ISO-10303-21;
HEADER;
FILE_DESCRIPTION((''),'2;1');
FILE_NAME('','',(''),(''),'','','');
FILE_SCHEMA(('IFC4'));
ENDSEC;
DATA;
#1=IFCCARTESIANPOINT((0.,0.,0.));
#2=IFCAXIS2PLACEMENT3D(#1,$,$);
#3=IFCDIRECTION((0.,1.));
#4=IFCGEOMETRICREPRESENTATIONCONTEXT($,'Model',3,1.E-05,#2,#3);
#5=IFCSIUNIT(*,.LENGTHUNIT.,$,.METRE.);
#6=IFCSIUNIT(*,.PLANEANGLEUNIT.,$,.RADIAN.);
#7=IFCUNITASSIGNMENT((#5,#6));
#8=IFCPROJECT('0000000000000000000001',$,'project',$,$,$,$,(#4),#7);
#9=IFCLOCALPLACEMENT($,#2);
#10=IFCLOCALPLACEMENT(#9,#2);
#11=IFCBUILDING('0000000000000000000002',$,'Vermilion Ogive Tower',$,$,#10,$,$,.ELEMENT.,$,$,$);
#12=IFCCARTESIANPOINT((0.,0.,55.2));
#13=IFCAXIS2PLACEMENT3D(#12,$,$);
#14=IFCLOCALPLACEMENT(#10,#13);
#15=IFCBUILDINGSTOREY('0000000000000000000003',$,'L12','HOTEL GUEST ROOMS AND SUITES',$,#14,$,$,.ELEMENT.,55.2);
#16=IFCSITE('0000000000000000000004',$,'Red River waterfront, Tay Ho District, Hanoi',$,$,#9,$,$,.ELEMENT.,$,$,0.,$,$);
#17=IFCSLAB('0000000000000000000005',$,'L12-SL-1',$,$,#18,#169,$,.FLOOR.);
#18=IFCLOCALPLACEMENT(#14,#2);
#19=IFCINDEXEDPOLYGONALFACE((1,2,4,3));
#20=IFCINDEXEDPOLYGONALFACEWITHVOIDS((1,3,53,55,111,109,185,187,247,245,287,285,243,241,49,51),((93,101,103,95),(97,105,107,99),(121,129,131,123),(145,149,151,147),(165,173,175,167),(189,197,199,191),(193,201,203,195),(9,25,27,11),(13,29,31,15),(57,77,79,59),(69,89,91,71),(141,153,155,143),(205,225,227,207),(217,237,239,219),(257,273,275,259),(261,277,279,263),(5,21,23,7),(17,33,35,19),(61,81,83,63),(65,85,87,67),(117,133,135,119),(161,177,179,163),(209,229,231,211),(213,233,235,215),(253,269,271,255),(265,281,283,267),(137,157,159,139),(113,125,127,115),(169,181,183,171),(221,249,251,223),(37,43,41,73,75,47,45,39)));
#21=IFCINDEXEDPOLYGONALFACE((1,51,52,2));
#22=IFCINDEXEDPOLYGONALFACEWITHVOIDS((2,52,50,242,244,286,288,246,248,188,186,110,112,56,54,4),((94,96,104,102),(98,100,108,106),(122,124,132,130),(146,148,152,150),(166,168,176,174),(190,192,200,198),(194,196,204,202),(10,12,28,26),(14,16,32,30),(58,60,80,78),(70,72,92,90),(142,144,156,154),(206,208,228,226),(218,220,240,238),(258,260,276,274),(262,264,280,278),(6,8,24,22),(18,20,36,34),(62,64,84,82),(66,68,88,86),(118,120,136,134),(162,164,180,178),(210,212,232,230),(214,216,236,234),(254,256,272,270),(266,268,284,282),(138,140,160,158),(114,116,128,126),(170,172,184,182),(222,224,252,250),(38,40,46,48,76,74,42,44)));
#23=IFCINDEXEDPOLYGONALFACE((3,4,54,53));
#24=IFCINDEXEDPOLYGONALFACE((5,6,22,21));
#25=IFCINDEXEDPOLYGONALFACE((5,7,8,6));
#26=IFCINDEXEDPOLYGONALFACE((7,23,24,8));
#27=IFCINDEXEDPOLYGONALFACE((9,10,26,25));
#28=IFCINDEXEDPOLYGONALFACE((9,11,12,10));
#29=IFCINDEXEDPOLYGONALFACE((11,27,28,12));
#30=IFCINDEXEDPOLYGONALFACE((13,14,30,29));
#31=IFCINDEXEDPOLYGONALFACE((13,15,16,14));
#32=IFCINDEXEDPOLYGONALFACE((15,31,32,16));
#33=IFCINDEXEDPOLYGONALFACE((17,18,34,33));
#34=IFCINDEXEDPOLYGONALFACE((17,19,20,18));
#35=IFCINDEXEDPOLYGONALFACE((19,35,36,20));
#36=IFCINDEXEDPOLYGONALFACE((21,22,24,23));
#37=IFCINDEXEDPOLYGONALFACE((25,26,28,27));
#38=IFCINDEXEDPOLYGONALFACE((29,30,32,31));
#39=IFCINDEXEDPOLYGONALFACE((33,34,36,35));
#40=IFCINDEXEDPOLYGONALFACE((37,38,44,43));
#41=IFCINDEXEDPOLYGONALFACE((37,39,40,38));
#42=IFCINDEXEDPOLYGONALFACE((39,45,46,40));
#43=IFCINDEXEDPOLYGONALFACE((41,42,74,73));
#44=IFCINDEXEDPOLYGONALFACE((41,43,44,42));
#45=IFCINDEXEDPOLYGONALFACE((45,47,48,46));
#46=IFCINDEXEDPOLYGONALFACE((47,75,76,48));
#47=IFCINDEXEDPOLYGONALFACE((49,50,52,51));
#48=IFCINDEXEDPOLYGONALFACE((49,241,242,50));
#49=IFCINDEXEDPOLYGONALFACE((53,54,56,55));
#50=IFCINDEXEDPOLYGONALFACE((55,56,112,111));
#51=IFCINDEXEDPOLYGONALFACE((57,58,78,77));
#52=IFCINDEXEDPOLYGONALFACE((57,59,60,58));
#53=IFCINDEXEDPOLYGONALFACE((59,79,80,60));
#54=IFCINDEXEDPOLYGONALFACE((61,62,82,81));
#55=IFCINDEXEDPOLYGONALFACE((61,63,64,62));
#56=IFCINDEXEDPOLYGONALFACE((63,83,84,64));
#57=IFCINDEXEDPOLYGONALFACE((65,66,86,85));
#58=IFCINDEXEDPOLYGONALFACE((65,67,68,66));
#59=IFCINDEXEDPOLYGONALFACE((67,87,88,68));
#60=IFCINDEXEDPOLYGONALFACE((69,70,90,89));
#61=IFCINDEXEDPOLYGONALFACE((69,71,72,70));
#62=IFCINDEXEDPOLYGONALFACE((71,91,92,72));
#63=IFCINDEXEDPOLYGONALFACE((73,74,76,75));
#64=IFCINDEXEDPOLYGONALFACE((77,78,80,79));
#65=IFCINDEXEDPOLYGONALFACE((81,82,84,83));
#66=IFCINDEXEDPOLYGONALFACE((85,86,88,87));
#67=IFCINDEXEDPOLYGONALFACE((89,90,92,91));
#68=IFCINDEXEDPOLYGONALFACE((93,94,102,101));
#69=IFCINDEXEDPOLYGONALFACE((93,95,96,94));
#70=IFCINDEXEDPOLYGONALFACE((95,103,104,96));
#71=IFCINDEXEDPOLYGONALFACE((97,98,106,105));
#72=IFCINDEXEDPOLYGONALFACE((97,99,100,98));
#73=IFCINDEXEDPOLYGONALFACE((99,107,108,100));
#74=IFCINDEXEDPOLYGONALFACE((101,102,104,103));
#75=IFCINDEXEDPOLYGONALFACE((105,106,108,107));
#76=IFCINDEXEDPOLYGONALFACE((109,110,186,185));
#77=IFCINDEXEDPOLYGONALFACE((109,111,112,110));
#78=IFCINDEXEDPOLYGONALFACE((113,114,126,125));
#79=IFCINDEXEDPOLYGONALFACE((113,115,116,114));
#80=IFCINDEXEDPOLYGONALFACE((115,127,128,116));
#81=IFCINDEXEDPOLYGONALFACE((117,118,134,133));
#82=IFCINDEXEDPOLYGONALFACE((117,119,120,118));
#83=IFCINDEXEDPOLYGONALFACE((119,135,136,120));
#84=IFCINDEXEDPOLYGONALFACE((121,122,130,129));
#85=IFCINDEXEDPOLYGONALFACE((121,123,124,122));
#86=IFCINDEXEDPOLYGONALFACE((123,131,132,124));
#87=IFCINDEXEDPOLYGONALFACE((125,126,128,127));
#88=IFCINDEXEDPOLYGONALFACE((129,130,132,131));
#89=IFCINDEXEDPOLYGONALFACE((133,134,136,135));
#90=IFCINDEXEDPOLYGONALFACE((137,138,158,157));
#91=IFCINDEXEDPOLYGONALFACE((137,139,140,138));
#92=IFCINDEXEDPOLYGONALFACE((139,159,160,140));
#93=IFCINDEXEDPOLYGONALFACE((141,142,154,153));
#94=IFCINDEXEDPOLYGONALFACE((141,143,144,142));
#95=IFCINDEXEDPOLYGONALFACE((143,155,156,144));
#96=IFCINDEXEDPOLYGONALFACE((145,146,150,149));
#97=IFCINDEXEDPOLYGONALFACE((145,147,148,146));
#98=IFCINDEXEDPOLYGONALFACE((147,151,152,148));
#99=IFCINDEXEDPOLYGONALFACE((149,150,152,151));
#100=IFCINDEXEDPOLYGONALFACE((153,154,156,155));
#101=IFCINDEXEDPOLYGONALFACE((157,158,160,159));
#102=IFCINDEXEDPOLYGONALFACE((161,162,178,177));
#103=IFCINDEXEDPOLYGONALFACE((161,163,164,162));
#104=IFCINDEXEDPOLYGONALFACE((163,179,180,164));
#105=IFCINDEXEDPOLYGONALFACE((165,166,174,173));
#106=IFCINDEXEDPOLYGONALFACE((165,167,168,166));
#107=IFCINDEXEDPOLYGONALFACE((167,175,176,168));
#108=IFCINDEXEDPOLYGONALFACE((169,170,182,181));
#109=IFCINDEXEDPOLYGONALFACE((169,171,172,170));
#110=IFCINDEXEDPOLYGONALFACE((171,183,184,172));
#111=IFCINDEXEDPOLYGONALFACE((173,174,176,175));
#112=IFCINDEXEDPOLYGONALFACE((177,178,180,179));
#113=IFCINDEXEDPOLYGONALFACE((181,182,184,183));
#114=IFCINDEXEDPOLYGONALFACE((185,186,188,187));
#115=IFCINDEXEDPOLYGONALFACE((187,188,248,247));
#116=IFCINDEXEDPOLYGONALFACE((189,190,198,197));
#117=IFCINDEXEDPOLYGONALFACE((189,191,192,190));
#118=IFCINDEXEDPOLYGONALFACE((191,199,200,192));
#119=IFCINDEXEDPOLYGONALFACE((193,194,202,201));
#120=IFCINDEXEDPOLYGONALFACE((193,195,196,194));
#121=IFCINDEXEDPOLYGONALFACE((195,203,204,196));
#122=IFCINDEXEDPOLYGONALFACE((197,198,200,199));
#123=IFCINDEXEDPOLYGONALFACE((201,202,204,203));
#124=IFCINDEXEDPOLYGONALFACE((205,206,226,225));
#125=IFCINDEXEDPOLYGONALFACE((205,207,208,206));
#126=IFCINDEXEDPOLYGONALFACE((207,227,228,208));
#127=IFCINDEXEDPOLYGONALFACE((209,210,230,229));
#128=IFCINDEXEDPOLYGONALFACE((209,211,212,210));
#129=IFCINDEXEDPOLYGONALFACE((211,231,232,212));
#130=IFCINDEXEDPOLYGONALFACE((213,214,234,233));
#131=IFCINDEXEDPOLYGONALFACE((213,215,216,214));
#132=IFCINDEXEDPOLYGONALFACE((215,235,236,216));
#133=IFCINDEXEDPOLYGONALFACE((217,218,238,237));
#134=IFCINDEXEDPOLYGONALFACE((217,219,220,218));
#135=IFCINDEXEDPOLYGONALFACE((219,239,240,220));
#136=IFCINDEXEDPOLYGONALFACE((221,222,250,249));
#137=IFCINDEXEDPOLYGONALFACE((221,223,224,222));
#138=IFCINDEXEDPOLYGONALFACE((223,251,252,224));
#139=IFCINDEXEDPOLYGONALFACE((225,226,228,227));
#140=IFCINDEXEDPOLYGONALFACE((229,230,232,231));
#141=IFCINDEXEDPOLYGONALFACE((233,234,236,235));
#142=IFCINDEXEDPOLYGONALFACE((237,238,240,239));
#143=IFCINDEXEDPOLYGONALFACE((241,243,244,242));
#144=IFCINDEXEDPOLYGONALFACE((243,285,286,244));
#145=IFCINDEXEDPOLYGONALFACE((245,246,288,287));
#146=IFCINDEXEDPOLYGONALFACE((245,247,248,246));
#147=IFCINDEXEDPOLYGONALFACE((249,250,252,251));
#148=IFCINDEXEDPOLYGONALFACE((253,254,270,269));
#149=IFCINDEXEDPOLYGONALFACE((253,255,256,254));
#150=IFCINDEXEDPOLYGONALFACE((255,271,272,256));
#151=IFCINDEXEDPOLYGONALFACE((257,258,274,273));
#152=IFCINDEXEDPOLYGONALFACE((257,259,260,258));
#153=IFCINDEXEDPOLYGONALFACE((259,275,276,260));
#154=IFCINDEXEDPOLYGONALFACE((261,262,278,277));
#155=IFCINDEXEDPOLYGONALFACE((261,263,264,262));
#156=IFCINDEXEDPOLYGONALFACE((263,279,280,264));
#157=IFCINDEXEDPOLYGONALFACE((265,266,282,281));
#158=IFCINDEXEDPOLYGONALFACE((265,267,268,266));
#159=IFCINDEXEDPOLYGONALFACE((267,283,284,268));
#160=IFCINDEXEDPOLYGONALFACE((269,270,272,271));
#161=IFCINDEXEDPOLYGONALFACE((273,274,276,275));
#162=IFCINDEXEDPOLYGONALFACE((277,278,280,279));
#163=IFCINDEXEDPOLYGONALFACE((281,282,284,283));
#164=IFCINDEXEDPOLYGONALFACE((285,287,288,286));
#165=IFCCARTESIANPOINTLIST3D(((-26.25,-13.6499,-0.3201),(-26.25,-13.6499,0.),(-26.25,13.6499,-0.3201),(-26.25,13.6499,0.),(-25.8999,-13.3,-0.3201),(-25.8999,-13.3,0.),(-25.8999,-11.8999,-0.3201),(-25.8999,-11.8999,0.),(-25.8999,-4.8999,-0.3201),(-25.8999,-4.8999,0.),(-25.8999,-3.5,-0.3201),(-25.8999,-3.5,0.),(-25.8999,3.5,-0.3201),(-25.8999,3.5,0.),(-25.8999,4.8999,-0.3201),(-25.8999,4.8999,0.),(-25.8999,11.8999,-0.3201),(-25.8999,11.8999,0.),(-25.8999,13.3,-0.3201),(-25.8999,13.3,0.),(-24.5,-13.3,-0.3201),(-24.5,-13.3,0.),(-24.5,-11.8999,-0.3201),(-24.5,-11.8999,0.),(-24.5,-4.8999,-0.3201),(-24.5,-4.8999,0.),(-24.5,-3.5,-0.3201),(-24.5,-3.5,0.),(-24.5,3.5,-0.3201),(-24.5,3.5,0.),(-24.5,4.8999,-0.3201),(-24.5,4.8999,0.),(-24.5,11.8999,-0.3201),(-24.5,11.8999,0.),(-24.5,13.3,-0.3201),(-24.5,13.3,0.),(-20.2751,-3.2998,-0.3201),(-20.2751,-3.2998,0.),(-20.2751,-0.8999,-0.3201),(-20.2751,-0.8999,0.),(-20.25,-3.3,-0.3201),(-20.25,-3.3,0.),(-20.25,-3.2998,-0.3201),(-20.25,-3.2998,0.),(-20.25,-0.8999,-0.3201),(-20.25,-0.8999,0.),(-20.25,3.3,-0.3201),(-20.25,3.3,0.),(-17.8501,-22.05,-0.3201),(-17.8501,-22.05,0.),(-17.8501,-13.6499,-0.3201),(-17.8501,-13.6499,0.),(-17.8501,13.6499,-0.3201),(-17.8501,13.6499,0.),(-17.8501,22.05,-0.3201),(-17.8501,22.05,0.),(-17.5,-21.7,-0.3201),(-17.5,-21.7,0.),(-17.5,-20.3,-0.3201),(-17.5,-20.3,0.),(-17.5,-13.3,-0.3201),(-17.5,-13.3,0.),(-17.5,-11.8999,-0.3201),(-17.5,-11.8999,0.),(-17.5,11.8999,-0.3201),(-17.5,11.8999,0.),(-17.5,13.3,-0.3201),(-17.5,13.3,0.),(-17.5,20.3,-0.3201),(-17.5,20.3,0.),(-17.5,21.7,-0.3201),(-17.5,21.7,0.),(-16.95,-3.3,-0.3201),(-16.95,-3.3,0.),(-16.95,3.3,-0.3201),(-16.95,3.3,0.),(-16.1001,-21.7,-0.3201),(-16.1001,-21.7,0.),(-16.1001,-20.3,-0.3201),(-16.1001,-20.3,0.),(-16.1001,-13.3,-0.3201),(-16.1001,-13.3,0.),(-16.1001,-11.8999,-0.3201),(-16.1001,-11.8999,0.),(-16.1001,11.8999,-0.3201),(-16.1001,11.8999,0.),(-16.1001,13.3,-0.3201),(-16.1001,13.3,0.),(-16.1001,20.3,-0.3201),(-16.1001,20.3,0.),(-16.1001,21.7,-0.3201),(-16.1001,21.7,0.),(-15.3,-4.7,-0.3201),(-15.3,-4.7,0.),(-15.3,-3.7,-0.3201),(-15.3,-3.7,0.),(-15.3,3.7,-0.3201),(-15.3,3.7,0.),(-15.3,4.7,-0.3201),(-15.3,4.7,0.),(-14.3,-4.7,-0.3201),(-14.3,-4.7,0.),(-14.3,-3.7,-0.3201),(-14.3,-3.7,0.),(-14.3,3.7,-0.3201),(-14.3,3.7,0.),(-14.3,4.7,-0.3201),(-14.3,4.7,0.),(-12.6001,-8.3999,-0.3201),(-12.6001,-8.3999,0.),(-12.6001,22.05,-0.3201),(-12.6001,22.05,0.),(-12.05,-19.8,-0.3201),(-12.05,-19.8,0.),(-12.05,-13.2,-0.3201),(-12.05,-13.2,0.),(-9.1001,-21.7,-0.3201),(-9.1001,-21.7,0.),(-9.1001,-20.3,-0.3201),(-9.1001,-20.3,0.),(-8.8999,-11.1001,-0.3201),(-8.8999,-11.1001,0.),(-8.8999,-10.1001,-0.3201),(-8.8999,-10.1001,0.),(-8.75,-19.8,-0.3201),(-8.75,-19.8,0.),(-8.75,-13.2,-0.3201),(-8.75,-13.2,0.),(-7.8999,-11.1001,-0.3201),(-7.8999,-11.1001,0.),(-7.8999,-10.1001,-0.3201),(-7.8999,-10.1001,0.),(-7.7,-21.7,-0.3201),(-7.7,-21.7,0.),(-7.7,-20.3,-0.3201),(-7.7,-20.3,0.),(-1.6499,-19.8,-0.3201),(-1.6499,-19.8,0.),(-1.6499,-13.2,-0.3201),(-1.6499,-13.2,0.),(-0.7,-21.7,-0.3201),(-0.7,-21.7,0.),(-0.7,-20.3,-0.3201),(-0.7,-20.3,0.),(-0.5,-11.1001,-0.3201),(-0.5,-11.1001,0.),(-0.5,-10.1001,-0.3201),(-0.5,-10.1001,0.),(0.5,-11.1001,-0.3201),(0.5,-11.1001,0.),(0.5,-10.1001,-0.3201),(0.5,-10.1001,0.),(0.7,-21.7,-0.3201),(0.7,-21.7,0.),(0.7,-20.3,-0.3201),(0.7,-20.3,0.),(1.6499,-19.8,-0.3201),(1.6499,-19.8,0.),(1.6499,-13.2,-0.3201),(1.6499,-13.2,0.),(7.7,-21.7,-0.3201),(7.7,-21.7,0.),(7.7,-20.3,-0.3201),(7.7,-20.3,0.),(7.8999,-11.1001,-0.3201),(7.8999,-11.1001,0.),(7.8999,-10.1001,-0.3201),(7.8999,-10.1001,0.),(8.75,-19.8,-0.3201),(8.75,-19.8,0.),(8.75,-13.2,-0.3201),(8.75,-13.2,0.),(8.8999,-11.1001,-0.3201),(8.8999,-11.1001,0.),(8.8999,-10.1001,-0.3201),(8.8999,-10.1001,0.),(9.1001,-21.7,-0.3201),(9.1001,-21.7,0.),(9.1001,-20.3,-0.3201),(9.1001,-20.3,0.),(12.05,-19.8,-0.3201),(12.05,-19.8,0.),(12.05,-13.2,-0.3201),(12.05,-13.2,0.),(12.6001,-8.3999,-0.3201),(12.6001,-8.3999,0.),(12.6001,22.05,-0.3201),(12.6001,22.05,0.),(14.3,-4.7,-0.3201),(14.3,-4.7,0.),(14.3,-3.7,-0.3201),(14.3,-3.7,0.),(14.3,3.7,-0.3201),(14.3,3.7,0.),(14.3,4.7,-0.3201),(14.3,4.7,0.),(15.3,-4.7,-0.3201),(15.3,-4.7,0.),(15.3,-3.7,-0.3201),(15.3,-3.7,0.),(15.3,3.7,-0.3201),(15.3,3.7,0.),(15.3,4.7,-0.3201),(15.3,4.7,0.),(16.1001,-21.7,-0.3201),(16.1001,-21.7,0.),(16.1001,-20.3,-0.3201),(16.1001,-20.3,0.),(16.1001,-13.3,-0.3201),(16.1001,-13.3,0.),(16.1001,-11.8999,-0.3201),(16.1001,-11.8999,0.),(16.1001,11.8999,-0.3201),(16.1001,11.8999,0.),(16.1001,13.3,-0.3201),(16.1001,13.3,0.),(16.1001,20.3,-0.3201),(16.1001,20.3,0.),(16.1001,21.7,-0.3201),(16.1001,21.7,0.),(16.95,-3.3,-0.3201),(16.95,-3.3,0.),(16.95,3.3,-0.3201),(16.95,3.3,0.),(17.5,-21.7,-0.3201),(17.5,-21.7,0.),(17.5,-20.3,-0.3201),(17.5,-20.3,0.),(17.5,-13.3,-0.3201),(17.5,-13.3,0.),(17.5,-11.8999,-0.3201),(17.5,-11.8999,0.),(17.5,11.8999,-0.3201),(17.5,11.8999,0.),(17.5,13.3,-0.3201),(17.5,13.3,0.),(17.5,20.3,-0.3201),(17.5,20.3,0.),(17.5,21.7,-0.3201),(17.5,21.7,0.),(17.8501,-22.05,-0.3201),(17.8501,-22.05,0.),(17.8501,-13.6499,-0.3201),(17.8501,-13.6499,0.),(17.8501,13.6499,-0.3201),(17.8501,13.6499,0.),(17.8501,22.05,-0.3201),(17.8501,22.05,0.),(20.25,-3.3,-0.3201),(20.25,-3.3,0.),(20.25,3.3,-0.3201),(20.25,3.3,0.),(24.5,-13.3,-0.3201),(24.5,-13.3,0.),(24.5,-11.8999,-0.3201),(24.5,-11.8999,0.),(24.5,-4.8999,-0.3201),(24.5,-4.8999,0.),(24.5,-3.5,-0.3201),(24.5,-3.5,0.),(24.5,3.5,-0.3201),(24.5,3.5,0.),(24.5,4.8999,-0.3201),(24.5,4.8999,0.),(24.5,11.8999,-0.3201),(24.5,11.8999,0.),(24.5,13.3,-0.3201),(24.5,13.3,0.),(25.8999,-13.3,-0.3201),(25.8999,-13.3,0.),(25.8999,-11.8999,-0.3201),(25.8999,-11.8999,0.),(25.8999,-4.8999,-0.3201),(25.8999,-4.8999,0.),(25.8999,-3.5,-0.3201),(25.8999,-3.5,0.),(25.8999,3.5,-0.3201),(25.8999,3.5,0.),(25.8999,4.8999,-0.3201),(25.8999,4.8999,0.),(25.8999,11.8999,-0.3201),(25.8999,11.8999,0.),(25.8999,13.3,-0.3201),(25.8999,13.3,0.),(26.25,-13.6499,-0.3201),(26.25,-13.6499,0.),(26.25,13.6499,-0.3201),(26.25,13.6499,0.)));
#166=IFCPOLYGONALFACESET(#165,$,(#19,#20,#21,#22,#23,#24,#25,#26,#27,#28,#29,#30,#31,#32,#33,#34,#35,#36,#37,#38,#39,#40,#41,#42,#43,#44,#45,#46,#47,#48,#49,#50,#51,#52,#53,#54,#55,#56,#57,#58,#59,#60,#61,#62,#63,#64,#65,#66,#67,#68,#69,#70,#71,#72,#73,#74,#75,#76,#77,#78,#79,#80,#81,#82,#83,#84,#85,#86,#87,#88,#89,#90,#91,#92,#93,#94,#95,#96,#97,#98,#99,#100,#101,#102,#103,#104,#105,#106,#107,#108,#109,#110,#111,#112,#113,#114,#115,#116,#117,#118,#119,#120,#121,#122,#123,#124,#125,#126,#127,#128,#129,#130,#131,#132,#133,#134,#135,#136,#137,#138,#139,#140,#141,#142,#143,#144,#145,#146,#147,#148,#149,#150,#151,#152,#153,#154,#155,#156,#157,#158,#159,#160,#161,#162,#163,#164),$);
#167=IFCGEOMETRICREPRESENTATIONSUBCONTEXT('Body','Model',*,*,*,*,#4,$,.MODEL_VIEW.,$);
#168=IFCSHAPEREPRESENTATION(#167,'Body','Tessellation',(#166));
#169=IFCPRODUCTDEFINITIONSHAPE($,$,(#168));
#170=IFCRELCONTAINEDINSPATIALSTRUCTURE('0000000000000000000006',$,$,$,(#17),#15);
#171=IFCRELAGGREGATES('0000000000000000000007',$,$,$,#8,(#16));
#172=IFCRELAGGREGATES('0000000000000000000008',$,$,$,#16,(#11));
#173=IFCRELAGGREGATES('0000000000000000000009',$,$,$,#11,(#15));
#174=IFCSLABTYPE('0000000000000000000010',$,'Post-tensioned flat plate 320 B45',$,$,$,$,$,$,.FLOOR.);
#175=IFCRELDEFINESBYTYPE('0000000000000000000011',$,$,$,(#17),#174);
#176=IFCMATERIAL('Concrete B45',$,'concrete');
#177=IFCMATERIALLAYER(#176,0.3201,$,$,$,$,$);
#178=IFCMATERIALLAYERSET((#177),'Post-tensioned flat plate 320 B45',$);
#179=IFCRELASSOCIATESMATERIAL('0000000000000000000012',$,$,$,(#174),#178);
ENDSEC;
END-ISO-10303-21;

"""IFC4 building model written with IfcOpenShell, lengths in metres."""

from ifc_helpers import new_model, si_unit, direction, frame, origin, place, context, subcontext, project, spatial, polyline, outline, extrude, material, layer, layer_set, type_object, element, save


model = new_model("IFC4")

# Units and contexts
model_context = context("Model", 3, precision=1e-05, world=origin(), true_north=direction((0.0, 1.0)))
body_context = subcontext(model_context, "Body", "Model", "MODEL_VIEW")
ifc_project = project(units=[si_unit("LENGTHUNIT", "METRE"), si_unit("PLANEANGLEUNIT", "RADIAN")], contexts=[model_context])

# Site, building, storey
site_placement = place(None, origin())
site = spatial("IfcSite", under=ifc_project, at=site_placement, Name="Red River waterfront, Tay Ho District, Hanoi", CompositionType="ELEMENT", RefElevation=0.0)
building_placement = place(site_placement, origin())
building = spatial("IfcBuilding", under=site, at=building_placement, Name="Vermilion Ogive Tower", CompositionType="ELEMENT")
storey_placement = place(building_placement, frame((0.0, 0.0, 55.2)))
storey = spatial("IfcBuildingStorey", under=building, at=storey_placement, Name="L12", Description="HOTEL GUEST ROOMS AND SUITES", CompositionType="ELEMENT", Elevation=55.2)

# Slab
ifc_material_1 = material(Name="Concrete B45", Category="concrete")
ifc_layer_1 = layer(ifc_material_1, 0.3201)
ifc_layer_set_1 = layer_set([ifc_layer_1], Name="Post-tensioned flat plate 320 B45")
slab_type = type_object("IfcSlabType", Name="Post-tensioned flat plate 320 B45", PredefinedType="FLOOR", material=ifc_layer_set_1)
slab_placement = place(storey_placement, frame((0.0, 0.0, -0.3201)))
element("IfcSlab", 1, at=slab_placement, inside=storey, type_object=slab_type, Name="L12-SL-1", PredefinedType="FLOOR", context=body_context, shape_type="SweptSolid", body=[
    extrude(outline(polyline([(-26.25, -13.6499), (-17.8501, -13.6499), (-17.8501, -22.05), (17.8501, -22.05), (17.8501, -13.6499), (26.25, -13.6499), (26.25, 13.6499), (17.8501, 13.6499), (17.8501, 22.05), (12.6001, 22.05), (12.6001, -8.3999), (-12.6001, -8.3999), (-12.6001, 22.05), (-17.8501, 22.05), (-17.8501, 13.6499), (-26.25, 13.6499), (-26.25, -13.6499)]), holes=[polyline([(25.8999, -3.5), (25.8999, -4.8999), (24.5, -4.8999), (24.5, -3.5), (25.8999, -3.5)]), polyline([(25.8999, -11.8999), (25.8999, -13.3), (24.5, -13.3), (24.5, -11.8999), (25.8999, -11.8999)]), polyline([(25.8999, 11.8999), (24.5, 11.8999), (24.5, 13.3), (25.8999, 13.3), (25.8999, 11.8999)]), polyline([(25.8999, 3.5), (24.5, 3.5), (24.5, 4.8999), (25.8999, 4.8999), (25.8999, 3.5)]), polyline([(20.25, 3.3), (20.25, -3.3), (16.95, -3.3), (16.95, 3.3), (20.25, 3.3)]), polyline([(17.5, -11.8999), (17.5, -13.3), (16.1001, -13.3), (16.1001, -11.8999), (17.5, -11.8999)]), polyline([(17.5, 20.3), (16.1001, 20.3), (16.1001, 21.7), (17.5, 21.7), (17.5, 20.3)]), polyline([(17.5, -20.3), (17.5, -21.7), (16.1001, -21.7), (16.1001, -20.3), (17.5, -20.3)]), polyline([(17.5, 13.3), (17.5, 11.8999), (16.1001, 11.8999), (16.1001, 13.3), (17.5, 13.3)]), polyline([(15.3, 4.7), (15.3, 3.7), (14.3, 3.7), (14.3, 4.7), (15.3, 4.7)]), polyline([(15.3, -4.7), (14.3, -4.7), (14.3, -3.7), (15.3, -3.7), (15.3, -4.7)]), polyline([(12.05, -13.2), (12.05, -19.8), (8.75, -19.8), (8.75, -13.2), (12.05, -13.2)]), polyline([(9.1001, -20.3), (9.1001, -21.7), (7.7, -21.7), (7.7, -20.3), (9.1001, -20.3)]), polyline([(8.8999, -11.1001), (7.8999, -11.1001), (7.8999, -10.1001), (8.8999, -10.1001), (8.8999, -11.1001)]), polyline([(1.6499, -13.2), (1.6499, -19.8), (-1.6499, -19.8), (-1.6499, -13.2), (1.6499, -13.2)]), polyline([(0.7, -20.3), (0.7, -21.7), (-0.7, -21.7), (-0.7, -20.3), (0.7, -20.3)]), polyline([(0.5, -10.1001), (0.5, -11.1001), (-0.5, -11.1001), (-0.5, -10.1001), (0.5, -10.1001)]), polyline([(-7.7, -20.3), (-7.7, -21.7), (-9.1001, -21.7), (-9.1001, -20.3), (-7.7, -20.3)]), polyline([(-7.8999, -10.1001), (-7.8999, -11.1001), (-8.8999, -11.1001), (-8.8999, -10.1001), (-7.8999, -10.1001)]), polyline([(-8.75, -13.2), (-8.75, -19.8), (-12.05, -19.8), (-12.05, -13.2), (-8.75, -13.2)]), polyline([(-14.3, 4.7), (-14.3, 3.7), (-15.3, 3.7), (-15.3, 4.7), (-14.3, 4.7)]), polyline([(-14.3, -4.7), (-15.3, -4.7), (-15.3, -3.7), (-14.3, -3.7), (-14.3, -4.7)]), polyline([(-16.1001, 13.3), (-16.1001, 11.8999), (-17.5, 11.8999), (-17.5, 13.3), (-16.1001, 13.3)]), polyline([(-16.1001, -11.8999), (-16.1001, -13.3), (-17.5, -13.3), (-17.5, -11.8999), (-16.1001, -11.8999)]), polyline([(-16.1001, -20.3), (-16.1001, -21.7), (-17.5, -21.7), (-17.5, -20.3), (-16.1001, -20.3)]), polyline([(-16.1001, 20.3), (-17.5, 20.3), (-17.5, 21.7), (-16.1001, 21.7), (-16.1001, 20.3)]), polyline([(-16.95, 3.3), (-16.95, -3.3), (-20.25, -3.3), (-20.25, -3.2998), (-20.2751, -3.2998), (-20.2751, -0.8999), (-20.25, -0.8999), (-20.25, 3.3), (-16.95, 3.3)]), polyline([(-24.5, 3.5), (-25.8999, 3.5), (-25.8999, 4.8999), (-24.5, 4.8999), (-24.5, 3.5)]), polyline([(-24.5, 13.3), (-24.5, 11.8999), (-25.8999, 11.8999), (-25.8999, 13.3), (-24.5, 13.3)]), polyline([(-24.5, -3.5), (-24.5, -4.8999), (-25.8999, -4.8999), (-25.8999, -3.5), (-24.5, -3.5)]), polyline([(-24.5, -11.8999), (-24.5, -13.3), (-25.8999, -13.3), (-25.8999, -11.8999), (-24.5, -11.8999)])]), origin(), (0.0, 0.0, 1.0), 0.3201),
])

save(model, "model.ifc")
